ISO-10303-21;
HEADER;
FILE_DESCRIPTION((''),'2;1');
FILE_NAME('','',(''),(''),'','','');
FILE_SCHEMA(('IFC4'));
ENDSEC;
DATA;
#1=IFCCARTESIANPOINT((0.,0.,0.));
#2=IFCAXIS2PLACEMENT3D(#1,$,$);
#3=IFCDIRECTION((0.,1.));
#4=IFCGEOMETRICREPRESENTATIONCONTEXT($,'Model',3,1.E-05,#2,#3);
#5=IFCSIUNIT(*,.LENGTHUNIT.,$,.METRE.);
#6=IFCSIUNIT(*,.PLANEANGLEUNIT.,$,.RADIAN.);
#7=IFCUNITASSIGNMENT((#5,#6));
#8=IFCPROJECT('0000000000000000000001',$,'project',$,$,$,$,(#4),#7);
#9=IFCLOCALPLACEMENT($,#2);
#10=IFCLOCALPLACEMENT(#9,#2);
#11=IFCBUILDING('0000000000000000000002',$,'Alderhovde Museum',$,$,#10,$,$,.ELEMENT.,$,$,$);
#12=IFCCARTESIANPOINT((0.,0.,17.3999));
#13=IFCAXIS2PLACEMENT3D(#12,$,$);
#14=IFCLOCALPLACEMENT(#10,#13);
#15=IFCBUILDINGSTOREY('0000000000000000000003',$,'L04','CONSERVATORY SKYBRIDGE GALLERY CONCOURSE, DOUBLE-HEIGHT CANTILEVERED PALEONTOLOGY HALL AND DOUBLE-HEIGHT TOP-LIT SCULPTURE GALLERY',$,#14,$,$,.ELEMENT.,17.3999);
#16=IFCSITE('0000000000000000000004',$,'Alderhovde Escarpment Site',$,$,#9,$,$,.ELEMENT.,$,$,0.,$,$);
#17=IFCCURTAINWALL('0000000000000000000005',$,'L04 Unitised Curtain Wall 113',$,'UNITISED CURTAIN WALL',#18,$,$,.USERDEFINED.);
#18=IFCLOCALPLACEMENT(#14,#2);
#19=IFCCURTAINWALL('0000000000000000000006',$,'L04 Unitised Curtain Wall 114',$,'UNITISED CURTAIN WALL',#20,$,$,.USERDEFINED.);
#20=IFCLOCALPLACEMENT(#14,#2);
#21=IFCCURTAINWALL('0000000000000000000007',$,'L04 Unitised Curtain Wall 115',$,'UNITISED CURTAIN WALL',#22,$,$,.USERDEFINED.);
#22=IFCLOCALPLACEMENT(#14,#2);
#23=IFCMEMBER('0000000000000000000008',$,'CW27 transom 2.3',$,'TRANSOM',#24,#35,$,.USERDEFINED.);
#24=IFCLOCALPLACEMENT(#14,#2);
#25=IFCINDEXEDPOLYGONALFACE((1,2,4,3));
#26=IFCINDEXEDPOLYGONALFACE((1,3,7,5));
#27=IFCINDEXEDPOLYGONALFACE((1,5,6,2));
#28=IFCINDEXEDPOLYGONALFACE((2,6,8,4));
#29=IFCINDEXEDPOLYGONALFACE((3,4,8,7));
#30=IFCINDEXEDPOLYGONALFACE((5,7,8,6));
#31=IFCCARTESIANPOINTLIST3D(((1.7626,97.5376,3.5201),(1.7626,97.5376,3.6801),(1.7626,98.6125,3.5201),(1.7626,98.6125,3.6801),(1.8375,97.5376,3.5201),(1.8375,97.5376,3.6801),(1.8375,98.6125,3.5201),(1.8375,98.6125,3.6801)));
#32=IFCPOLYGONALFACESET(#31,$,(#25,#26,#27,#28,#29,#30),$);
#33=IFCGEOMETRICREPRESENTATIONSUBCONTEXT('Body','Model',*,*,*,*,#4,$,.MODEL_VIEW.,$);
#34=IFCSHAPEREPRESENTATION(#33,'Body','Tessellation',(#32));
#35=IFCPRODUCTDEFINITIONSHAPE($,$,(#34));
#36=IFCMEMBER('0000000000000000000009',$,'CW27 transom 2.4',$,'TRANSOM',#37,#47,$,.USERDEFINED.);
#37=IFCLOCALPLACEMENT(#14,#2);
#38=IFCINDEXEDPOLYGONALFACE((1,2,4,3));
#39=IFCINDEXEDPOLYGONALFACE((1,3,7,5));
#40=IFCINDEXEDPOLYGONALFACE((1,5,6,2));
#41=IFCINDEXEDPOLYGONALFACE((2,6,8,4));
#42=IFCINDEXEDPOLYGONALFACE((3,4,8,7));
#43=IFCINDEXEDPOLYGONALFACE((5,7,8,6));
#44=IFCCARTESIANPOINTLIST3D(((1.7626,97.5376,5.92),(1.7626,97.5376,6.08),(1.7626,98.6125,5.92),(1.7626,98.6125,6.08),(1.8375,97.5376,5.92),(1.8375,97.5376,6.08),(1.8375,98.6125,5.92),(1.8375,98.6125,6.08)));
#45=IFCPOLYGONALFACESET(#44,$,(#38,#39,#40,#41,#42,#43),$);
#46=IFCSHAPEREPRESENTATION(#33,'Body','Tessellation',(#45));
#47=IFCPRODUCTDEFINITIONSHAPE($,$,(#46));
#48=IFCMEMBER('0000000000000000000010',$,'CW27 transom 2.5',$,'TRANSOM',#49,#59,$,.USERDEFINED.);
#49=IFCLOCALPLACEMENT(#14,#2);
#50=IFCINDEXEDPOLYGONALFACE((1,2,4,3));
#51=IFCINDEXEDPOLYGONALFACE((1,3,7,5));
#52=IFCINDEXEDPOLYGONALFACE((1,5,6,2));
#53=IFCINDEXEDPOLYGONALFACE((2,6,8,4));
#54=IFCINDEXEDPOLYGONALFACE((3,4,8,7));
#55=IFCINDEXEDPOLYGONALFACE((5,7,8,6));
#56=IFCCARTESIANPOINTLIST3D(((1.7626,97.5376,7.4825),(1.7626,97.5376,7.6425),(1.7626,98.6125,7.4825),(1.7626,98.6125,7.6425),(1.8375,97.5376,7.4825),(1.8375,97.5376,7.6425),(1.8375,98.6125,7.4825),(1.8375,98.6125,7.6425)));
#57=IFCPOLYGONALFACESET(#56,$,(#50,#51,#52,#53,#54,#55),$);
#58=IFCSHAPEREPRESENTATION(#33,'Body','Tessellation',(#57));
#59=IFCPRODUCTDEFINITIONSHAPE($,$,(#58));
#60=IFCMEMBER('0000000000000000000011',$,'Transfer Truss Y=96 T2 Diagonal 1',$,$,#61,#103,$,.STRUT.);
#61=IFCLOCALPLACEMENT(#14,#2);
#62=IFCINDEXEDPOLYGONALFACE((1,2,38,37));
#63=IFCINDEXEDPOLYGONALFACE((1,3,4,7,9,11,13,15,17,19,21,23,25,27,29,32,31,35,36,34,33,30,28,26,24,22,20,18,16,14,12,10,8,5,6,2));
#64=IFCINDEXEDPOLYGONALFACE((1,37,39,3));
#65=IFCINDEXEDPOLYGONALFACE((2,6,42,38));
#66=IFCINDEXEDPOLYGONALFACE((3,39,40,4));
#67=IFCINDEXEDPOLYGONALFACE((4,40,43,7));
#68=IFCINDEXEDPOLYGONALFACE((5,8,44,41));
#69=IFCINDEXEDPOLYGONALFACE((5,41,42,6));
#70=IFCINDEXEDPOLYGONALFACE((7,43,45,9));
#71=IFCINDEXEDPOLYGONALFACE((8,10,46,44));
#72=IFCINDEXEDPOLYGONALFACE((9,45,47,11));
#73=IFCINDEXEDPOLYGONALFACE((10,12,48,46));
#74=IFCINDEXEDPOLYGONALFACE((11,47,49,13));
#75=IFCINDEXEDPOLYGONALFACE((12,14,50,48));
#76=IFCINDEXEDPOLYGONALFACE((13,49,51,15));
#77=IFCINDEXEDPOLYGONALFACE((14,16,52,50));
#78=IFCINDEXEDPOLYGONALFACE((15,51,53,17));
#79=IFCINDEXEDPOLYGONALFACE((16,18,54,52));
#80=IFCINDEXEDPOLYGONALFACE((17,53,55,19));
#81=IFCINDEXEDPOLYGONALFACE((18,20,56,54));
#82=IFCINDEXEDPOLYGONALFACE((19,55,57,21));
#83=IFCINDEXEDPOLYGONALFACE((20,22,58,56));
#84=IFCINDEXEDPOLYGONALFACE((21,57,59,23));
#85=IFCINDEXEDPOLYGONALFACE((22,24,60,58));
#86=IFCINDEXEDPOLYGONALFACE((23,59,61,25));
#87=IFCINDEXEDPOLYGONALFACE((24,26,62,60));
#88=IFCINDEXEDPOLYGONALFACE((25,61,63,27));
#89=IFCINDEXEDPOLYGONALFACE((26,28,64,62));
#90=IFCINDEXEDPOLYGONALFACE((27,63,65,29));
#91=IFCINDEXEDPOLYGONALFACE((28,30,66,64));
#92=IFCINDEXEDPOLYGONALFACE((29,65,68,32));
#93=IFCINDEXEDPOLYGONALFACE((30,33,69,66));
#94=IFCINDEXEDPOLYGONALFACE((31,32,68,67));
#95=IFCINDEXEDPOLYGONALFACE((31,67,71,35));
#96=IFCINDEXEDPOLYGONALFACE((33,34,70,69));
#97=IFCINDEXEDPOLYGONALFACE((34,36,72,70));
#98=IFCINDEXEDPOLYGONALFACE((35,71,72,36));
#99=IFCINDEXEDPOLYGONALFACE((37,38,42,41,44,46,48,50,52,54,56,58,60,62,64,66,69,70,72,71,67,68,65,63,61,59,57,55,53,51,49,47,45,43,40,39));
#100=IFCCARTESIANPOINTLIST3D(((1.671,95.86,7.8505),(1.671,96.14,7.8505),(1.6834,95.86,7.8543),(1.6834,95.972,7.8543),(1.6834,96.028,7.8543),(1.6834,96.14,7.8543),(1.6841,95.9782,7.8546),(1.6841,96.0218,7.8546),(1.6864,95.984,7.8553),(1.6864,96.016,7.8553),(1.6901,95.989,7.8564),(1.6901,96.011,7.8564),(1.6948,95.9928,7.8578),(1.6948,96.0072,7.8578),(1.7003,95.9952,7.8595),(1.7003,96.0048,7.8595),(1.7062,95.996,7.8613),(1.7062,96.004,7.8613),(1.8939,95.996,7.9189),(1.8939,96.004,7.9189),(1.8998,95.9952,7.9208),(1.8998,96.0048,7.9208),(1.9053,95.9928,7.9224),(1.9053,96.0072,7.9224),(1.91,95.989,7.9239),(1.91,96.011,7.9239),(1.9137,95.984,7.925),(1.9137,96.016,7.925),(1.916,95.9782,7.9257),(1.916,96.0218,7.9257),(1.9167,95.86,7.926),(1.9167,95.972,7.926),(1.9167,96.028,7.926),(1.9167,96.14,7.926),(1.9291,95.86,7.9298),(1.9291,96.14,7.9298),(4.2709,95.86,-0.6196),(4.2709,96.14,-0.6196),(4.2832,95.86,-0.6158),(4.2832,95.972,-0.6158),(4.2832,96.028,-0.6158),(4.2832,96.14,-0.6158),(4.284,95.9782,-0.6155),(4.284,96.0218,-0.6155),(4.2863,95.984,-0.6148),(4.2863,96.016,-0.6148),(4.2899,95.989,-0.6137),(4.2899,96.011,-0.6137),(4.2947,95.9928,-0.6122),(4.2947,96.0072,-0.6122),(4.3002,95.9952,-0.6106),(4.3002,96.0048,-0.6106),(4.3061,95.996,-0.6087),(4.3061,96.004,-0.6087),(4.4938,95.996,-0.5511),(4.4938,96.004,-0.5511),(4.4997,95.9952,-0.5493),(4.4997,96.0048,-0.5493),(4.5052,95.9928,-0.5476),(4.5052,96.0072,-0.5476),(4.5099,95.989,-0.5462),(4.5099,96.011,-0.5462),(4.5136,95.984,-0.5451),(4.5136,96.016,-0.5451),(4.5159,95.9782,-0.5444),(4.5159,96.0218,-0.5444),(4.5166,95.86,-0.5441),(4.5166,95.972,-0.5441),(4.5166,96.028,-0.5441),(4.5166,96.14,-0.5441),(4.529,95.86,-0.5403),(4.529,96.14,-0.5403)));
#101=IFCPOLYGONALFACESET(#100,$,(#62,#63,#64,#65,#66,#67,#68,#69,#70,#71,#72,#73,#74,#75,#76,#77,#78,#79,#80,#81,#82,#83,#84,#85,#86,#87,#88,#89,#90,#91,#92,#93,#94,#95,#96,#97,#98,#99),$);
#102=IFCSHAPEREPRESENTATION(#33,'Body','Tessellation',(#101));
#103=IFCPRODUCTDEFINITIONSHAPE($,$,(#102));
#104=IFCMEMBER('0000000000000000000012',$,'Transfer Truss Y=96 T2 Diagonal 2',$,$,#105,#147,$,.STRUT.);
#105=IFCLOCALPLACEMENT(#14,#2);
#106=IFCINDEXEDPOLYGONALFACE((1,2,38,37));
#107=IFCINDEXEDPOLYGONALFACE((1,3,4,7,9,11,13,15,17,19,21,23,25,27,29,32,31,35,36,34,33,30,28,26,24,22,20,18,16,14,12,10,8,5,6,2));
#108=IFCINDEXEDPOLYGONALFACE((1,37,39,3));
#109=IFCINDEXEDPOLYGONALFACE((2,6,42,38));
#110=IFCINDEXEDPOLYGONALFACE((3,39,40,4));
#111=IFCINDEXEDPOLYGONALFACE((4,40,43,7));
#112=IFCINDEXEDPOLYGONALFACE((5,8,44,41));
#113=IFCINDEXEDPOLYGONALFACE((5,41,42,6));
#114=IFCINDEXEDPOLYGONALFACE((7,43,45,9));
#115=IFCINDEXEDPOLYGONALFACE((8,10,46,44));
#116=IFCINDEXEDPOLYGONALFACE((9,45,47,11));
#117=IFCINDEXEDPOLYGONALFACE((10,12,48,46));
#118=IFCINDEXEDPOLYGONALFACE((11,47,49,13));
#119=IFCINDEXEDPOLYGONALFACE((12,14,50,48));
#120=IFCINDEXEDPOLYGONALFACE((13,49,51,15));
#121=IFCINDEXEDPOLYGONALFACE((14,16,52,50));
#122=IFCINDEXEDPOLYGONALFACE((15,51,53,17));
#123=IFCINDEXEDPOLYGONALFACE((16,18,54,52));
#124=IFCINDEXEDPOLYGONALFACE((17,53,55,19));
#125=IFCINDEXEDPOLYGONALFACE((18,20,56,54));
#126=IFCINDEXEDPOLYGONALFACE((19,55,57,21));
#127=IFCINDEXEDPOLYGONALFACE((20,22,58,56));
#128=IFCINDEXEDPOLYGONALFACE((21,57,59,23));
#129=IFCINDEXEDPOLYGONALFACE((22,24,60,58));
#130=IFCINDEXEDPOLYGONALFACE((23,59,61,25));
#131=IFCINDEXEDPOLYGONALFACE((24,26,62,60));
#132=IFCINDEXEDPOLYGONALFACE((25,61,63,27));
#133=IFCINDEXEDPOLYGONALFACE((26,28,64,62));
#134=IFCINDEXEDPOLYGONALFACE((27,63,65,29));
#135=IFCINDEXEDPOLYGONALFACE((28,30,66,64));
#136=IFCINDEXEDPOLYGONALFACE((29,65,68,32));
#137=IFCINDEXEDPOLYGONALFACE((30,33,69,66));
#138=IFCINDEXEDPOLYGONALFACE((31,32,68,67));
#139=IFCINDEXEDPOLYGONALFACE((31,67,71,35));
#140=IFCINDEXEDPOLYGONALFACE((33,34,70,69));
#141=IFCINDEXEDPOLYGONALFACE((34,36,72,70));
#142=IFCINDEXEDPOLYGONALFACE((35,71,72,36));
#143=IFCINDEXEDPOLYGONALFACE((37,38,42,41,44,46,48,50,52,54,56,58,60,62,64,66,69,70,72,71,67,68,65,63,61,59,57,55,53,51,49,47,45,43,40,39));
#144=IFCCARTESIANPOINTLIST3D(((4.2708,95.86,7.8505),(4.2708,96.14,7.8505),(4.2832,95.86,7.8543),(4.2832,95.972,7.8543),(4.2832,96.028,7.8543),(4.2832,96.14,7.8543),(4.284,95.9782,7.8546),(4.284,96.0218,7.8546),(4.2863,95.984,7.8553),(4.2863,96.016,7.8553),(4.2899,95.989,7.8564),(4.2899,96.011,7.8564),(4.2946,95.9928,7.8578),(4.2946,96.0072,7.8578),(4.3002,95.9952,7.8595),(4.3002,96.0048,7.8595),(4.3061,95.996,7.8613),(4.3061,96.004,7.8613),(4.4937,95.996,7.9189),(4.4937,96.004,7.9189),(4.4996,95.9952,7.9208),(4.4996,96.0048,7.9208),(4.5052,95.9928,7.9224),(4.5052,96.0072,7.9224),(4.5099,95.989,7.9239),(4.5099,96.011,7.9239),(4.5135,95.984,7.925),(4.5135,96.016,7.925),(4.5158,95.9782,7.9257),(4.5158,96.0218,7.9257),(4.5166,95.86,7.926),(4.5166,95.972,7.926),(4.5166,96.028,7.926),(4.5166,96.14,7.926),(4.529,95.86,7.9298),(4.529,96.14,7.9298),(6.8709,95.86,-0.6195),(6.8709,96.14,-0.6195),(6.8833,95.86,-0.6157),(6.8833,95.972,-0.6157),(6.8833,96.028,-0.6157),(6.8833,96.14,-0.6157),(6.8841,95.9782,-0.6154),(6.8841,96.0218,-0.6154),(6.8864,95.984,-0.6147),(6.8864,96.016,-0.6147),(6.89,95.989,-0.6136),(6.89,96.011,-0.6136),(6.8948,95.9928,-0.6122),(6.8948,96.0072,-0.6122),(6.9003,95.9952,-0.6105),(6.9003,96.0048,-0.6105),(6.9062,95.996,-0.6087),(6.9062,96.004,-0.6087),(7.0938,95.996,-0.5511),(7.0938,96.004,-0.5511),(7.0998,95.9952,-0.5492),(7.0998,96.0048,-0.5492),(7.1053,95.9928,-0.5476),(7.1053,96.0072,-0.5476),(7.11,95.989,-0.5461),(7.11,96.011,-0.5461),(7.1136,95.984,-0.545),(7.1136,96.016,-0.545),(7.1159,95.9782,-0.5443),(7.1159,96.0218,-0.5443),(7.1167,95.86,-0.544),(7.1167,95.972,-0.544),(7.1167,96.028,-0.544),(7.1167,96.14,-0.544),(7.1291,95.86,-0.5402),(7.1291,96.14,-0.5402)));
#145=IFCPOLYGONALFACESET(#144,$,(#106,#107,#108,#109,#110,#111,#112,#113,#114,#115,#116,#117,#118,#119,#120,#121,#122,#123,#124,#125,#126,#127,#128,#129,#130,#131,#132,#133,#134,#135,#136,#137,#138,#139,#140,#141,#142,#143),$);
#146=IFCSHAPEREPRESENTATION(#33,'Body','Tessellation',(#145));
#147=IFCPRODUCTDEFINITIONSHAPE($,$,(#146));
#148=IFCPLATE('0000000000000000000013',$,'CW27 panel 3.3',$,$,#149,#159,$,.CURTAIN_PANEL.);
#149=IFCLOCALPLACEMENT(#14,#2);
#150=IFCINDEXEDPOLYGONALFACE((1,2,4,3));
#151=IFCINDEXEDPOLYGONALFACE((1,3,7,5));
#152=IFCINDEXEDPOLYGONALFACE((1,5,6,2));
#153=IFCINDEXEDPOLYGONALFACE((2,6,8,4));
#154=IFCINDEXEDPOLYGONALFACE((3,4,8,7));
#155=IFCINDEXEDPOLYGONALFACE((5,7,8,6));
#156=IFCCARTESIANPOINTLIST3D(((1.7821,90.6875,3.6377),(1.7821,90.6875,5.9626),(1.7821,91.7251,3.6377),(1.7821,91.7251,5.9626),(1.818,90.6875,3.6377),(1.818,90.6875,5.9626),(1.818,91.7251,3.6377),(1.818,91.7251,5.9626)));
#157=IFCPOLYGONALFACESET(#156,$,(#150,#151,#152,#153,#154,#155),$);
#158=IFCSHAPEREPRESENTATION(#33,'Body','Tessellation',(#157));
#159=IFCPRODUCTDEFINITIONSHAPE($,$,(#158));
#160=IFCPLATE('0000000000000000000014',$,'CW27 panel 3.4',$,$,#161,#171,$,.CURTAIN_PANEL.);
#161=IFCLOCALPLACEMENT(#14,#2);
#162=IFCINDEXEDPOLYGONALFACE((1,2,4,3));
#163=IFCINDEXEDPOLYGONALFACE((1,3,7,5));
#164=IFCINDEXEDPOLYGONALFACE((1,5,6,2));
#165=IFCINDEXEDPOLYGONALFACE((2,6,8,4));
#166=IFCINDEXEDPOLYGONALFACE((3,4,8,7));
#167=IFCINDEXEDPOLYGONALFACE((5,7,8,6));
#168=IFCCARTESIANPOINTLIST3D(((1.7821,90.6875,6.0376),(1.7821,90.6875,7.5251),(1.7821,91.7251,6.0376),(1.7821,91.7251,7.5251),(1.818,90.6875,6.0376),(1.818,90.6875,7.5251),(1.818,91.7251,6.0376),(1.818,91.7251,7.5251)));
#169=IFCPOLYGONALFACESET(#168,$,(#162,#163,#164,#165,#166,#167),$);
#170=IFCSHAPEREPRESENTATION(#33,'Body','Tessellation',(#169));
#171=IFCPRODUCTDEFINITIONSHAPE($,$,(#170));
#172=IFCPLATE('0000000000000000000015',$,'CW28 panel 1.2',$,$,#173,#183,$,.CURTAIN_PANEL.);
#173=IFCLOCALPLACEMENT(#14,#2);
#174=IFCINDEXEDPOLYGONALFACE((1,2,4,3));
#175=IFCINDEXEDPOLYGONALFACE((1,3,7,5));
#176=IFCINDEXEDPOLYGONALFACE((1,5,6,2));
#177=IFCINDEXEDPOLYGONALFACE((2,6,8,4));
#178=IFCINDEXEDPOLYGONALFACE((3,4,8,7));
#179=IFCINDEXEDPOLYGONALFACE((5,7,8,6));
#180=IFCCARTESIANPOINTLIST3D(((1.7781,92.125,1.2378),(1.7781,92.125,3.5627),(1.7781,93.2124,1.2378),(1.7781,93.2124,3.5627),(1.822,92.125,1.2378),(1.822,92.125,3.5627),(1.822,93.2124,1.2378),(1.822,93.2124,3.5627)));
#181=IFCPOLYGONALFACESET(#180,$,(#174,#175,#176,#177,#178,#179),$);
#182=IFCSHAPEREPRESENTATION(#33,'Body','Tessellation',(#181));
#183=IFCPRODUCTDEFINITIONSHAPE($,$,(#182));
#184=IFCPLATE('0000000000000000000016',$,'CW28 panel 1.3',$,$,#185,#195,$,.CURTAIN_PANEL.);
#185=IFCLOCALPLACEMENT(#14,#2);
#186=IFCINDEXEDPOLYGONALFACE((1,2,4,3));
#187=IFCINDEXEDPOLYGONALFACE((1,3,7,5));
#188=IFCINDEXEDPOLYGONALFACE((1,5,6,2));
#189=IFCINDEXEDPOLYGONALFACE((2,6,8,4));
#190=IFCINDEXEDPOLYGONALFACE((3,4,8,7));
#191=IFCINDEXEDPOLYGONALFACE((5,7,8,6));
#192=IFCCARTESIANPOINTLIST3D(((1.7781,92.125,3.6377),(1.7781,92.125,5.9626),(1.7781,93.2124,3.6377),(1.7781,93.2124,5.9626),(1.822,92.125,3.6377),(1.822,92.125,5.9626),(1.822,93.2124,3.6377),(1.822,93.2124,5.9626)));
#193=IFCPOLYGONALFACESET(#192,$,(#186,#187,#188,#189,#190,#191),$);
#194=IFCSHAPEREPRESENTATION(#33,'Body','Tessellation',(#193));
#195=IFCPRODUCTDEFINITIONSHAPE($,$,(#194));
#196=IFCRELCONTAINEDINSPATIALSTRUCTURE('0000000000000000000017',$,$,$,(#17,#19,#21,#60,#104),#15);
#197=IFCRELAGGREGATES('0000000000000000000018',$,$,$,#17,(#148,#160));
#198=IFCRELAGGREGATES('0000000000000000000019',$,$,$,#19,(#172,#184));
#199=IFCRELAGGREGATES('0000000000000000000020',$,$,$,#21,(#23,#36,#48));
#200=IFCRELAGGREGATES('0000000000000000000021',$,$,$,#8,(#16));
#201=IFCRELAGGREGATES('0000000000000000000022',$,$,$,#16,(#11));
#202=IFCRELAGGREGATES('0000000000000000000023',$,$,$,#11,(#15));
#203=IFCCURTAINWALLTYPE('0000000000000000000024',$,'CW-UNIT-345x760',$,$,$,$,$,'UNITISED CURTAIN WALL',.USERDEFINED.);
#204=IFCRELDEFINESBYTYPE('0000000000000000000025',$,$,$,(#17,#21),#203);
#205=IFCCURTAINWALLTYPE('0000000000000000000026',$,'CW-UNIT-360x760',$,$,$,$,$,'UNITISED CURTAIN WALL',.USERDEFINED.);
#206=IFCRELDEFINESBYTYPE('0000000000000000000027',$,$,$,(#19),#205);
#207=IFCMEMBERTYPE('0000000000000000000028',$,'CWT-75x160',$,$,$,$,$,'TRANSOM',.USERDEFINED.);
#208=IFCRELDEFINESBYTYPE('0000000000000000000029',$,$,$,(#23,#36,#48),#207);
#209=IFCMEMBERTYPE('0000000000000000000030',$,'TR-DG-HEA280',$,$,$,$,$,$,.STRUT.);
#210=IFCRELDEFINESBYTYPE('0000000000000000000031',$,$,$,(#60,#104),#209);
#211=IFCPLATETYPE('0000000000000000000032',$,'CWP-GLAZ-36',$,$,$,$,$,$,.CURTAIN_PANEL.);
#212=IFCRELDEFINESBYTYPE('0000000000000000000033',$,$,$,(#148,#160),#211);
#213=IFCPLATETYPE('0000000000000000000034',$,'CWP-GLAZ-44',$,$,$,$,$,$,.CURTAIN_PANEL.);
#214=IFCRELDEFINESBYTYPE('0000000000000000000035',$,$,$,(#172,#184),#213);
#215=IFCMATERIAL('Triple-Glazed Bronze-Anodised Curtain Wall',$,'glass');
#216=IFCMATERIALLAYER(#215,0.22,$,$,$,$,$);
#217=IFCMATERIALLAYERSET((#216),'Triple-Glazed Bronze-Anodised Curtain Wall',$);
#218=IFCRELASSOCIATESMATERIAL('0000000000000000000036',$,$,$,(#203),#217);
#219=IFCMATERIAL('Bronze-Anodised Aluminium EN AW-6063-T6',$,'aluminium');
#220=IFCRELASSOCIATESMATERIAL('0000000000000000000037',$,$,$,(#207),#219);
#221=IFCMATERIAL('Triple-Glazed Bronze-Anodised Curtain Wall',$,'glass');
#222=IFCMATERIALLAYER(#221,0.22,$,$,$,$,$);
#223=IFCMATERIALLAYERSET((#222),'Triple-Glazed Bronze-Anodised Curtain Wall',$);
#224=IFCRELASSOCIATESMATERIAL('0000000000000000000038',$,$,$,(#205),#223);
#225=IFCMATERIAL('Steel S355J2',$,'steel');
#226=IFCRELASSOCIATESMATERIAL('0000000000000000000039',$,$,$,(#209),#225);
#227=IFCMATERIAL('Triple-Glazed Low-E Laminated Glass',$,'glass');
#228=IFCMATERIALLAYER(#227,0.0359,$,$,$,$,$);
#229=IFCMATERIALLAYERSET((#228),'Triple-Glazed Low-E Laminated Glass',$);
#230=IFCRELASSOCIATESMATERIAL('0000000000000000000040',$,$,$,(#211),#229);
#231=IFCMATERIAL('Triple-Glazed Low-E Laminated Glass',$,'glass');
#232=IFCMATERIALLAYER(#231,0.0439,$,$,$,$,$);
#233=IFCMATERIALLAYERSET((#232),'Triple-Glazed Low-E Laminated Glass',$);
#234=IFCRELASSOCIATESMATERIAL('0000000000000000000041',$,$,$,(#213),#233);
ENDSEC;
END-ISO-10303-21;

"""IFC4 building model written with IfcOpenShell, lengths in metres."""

from ifc_helpers import new_model, si_unit, direction, frame, origin, origin_2d, place, context, subcontext, project, spatial, rectangle, i_section, extrude, material, layer, layer_set, material_profile, profile_set, type_object, element, aggregate, save


model = new_model("IFC4")

# Units and contexts
model_context = context("Model", 3, precision=1e-05, world=origin(), true_north=direction((0.0, 1.0)))
body_context = subcontext(model_context, "Body", "Model", "MODEL_VIEW")
ifc_project = project(units=[si_unit("LENGTHUNIT", "METRE"), si_unit("PLANEANGLEUNIT", "RADIAN")], contexts=[model_context])

# Site, building, storey
site_placement = place(None, origin())
site = spatial("IfcSite", under=ifc_project, at=site_placement, Name="Alderhovde Escarpment Site", CompositionType="ELEMENT", RefElevation=0.0)
building_placement = place(site_placement, origin())
building = spatial("IfcBuilding", under=site, at=building_placement, Name="Alderhovde Museum", CompositionType="ELEMENT")
storey_placement = place(building_placement, frame((0.0, 0.0, 17.3999)))
storey = spatial("IfcBuildingStorey", under=building, at=storey_placement, Name="L04", Description="CONSERVATORY SKYBRIDGE GALLERY CONCOURSE, DOUBLE-HEIGHT CANTILEVERED PALEONTOLOGY HALL AND DOUBLE-HEIGHT TOP-LIT SCULPTURE GALLERY", CompositionType="ELEMENT", Elevation=17.3999)

# Curtain walls, members
ifc_material_1 = material(Name="Triple-Glazed Bronze-Anodised Curtain Wall", Category="glass")
ifc_layer_1 = layer(ifc_material_1, 0.22)
ifc_layer_set_1 = layer_set([ifc_layer_1], Name="Triple-Glazed Bronze-Anodised Curtain Wall")
curtain_wall_type_1 = type_object("IfcCurtainWallType", Name="CW-UNIT-345x760", ElementType="UNITISED CURTAIN WALL", PredefinedType="USERDEFINED", material=ifc_layer_set_1)
curtain_wall_1_placement = place(storey_placement, origin())
curtain_wall_1 = element("IfcCurtainWall", 1, at=curtain_wall_1_placement, inside=storey, type_object=curtain_wall_type_1, Name="L04 Unitised Curtain Wall 113", ObjectType="UNITISED CURTAIN WALL", PredefinedType="USERDEFINED")
ifc_material_2 = material(Name="Bronze-Anodised Aluminium EN AW-6063-T6", Category="aluminium")
ifc_material_profile_1 = material_profile(ifc_material_2, rectangle(XDim=0.075, YDim=0.1599, at=origin_2d()), Name="TRANSOM 75x160")
ifc_profile_set_1 = profile_set([ifc_material_profile_1], Name="Bronze-Anodised Aluminium EN AW-6063-T6")
member_type_1 = type_object("IfcMemberType", Name="CWT-75x160", ElementType="TRANSOM", PredefinedType="USERDEFINED", material=ifc_profile_set_1)
ifc_material_3 = material(Name="Triple-Glazed Bronze-Anodised Curtain Wall", Category="glass")
ifc_layer_2 = layer(ifc_material_3, 0.22)
ifc_layer_set_2 = layer_set([ifc_layer_2], Name="Triple-Glazed Bronze-Anodised Curtain Wall")
curtain_wall_type_2 = type_object("IfcCurtainWallType", Name="CW-UNIT-360x760", ElementType="UNITISED CURTAIN WALL", PredefinedType="USERDEFINED", material=ifc_layer_set_2)
curtain_wall_2_placement = place(storey_placement, origin())
curtain_wall_2 = element("IfcCurtainWall", 2, at=curtain_wall_2_placement, inside=storey, type_object=curtain_wall_type_2, Name="L04 Unitised Curtain Wall 114", ObjectType="UNITISED CURTAIN WALL", PredefinedType="USERDEFINED")
curtain_wall_3_placement = place(storey_placement, origin())
curtain_wall_3 = element("IfcCurtainWall", 3, at=curtain_wall_3_placement, inside=storey, type_object=curtain_wall_type_1, Name="L04 Unitised Curtain Wall 115", ObjectType="UNITISED CURTAIN WALL", PredefinedType="USERDEFINED")
member_1_placement = place(storey_placement, frame((1.8, 97.5376, 3.6001), z_axis=(0.0, 1.0, 0.0), x_axis=(-1.0, 0.0, 0.0)))
member_1 = element("IfcMember", 4, at=member_1_placement, type_object=member_type_1, Name="CW27 transom 2.3", ObjectType="TRANSOM", PredefinedType="USERDEFINED", context=body_context, shape_type="SweptSolid", body=[
    extrude(rectangle(XDim=0.075, YDim=0.1599, at=origin_2d()), origin(), (0.0, 0.0, 1.0), 1.075),
])
member_2_placement = place(storey_placement, frame((1.8, 97.5376, 6.0), z_axis=(0.0, 1.0, 0.0), x_axis=(-1.0, 0.0, 0.0)))
member_2 = element("IfcMember", 5, at=member_2_placement, type_object=member_type_1, Name="CW27 transom 2.4", ObjectType="TRANSOM", PredefinedType="USERDEFINED", context=body_context, shape_type="SweptSolid", body=[
    extrude(rectangle(XDim=0.075, YDim=0.1599, at=origin_2d()), origin(), (0.0, 0.0, 1.0), 1.075),
])
member_3_placement = place(storey_placement, frame((1.8, 97.5376, 7.5625), z_axis=(0.0, 1.0, 0.0), x_axis=(-1.0, 0.0, 0.0)))
member_3 = element("IfcMember", 6, at=member_3_placement, type_object=member_type_1, Name="CW27 transom 2.5", ObjectType="TRANSOM", PredefinedType="USERDEFINED", context=body_context, shape_type="SweptSolid", body=[
    extrude(rectangle(XDim=0.075, YDim=0.1599, at=origin_2d()), origin(), (0.0, 0.0, 1.0), 1.075),
])

# Members
ifc_material_4 = material(Name="Steel S355J2", Category="steel")
ifc_material_profile_2 = material_profile(ifc_material_4, i_section(OverallWidth=0.28, OverallDepth=0.27, WebThickness=0.0081, FlangeThickness=0.0129, FilletRadius=0.0239, at=origin_2d()), Name="HEA 280")
ifc_profile_set_2 = profile_set([ifc_material_profile_2], Name="Steel S355J2")
member_type_2 = type_object("IfcMemberType", Name="TR-DG-HEA280", PredefinedType="STRUT", material=ifc_profile_set_2)
for number, where, z_axis, x_axis, name in (
    (7, (1.8, 96.0, 7.8901), (0.293437, 0.0, -0.955978), (0.0, 1.0, 0.0), "Transfer Truss Y=96 T2 Diagonal 1"),
    (8, (4.3999, 96.0, 7.8901), (0.293462, 0.0, -0.955971), (0.0, 1.0, 0.0), "Transfer Truss Y=96 T2 Diagonal 2"),
):
    element("IfcMember", number, at=place(storey_placement, frame(where, z_axis=z_axis, x_axis=x_axis)), inside=storey, type_object=member_type_2, Name=name, PredefinedType="STRUT", context=body_context, shape_type="SweptSolid", body=[
        extrude(i_section(OverallWidth=0.28, OverallDepth=0.27, WebThickness=0.0081, FlangeThickness=0.0129, FilletRadius=0.0239, at=origin_2d()), origin(), (0.0, 0.0, 1.0), 8.8601),
    ])

# Plates
ifc_material_5 = material(Name="Triple-Glazed Low-E Laminated Glass", Category="glass")
ifc_layer_3 = layer(ifc_material_5, 0.0359)
ifc_layer_set_3 = layer_set([ifc_layer_3], Name="Triple-Glazed Low-E Laminated Glass")
plate_type_1 = type_object("IfcPlateType", Name="CWP-GLAZ-36", PredefinedType="CURTAIN_PANEL", material=ifc_layer_set_3)
plate_1_placement = place(storey_placement, frame((1.8, 91.2063, 3.6377), z_axis=(0.0, 0.0, 1.0), x_axis=(0.0, 1.0, 0.0)))
plate_1 = element("IfcPlate", 9, at=plate_1_placement, type_object=plate_type_1, Name="CW27 panel 3.3", PredefinedType="CURTAIN_PANEL", context=body_context, shape_type="SweptSolid", body=[
    extrude(rectangle(XDim=1.0376, YDim=0.0359, at=origin_2d()), origin(), (0.0, 0.0, 1.0), 2.325),
])
plate_2_placement = place(storey_placement, frame((1.8, 91.2063, 6.0376), z_axis=(0.0, 0.0, 1.0), x_axis=(0.0, 1.0, 0.0)))
plate_2 = element("IfcPlate", 10, at=plate_2_placement, type_object=plate_type_1, Name="CW27 panel 3.4", PredefinedType="CURTAIN_PANEL", context=body_context, shape_type="SweptSolid", body=[
    extrude(rectangle(XDim=1.0376, YDim=0.0359, at=origin_2d()), origin(), (0.0, 0.0, 1.0), 1.4875),
])
aggregate(curtain_wall_1, [plate_1, plate_2])
ifc_material_6 = material(Name="Triple-Glazed Low-E Laminated Glass", Category="glass")
ifc_layer_4 = layer(ifc_material_6, 0.0439)
ifc_layer_set_4 = layer_set([ifc_layer_4], Name="Triple-Glazed Low-E Laminated Glass")
plate_type_2 = type_object("IfcPlateType", Name="CWP-GLAZ-44", PredefinedType="CURTAIN_PANEL", material=ifc_layer_set_4)
plate_3_placement = place(storey_placement, frame((1.8, 92.6687, 1.2378), z_axis=(0.0, 0.0, 1.0), x_axis=(0.0, 1.0, 0.0)))
plate_3 = element("IfcPlate", 11, at=plate_3_placement, type_object=plate_type_2, Name="CW28 panel 1.2", PredefinedType="CURTAIN_PANEL", context=body_context, shape_type="SweptSolid", body=[
    extrude(rectangle(XDim=1.0874, YDim=0.0439, at=origin_2d()), origin(), (0.0, 0.0, 1.0), 2.325),
])
plate_4_placement = place(storey_placement, frame((1.8, 92.6687, 3.6377), z_axis=(0.0, 0.0, 1.0), x_axis=(0.0, 1.0, 0.0)))
plate_4 = element("IfcPlate", 12, at=plate_4_placement, type_object=plate_type_2, Name="CW28 panel 1.3", PredefinedType="CURTAIN_PANEL", context=body_context, shape_type="SweptSolid", body=[
    extrude(rectangle(XDim=1.0874, YDim=0.0439, at=origin_2d()), origin(), (0.0, 0.0, 1.0), 2.325),
])
aggregate(curtain_wall_2, [plate_3, plate_4])
aggregate(curtain_wall_3, [member_1, member_2, member_3])

save(model, "model.ifc")
